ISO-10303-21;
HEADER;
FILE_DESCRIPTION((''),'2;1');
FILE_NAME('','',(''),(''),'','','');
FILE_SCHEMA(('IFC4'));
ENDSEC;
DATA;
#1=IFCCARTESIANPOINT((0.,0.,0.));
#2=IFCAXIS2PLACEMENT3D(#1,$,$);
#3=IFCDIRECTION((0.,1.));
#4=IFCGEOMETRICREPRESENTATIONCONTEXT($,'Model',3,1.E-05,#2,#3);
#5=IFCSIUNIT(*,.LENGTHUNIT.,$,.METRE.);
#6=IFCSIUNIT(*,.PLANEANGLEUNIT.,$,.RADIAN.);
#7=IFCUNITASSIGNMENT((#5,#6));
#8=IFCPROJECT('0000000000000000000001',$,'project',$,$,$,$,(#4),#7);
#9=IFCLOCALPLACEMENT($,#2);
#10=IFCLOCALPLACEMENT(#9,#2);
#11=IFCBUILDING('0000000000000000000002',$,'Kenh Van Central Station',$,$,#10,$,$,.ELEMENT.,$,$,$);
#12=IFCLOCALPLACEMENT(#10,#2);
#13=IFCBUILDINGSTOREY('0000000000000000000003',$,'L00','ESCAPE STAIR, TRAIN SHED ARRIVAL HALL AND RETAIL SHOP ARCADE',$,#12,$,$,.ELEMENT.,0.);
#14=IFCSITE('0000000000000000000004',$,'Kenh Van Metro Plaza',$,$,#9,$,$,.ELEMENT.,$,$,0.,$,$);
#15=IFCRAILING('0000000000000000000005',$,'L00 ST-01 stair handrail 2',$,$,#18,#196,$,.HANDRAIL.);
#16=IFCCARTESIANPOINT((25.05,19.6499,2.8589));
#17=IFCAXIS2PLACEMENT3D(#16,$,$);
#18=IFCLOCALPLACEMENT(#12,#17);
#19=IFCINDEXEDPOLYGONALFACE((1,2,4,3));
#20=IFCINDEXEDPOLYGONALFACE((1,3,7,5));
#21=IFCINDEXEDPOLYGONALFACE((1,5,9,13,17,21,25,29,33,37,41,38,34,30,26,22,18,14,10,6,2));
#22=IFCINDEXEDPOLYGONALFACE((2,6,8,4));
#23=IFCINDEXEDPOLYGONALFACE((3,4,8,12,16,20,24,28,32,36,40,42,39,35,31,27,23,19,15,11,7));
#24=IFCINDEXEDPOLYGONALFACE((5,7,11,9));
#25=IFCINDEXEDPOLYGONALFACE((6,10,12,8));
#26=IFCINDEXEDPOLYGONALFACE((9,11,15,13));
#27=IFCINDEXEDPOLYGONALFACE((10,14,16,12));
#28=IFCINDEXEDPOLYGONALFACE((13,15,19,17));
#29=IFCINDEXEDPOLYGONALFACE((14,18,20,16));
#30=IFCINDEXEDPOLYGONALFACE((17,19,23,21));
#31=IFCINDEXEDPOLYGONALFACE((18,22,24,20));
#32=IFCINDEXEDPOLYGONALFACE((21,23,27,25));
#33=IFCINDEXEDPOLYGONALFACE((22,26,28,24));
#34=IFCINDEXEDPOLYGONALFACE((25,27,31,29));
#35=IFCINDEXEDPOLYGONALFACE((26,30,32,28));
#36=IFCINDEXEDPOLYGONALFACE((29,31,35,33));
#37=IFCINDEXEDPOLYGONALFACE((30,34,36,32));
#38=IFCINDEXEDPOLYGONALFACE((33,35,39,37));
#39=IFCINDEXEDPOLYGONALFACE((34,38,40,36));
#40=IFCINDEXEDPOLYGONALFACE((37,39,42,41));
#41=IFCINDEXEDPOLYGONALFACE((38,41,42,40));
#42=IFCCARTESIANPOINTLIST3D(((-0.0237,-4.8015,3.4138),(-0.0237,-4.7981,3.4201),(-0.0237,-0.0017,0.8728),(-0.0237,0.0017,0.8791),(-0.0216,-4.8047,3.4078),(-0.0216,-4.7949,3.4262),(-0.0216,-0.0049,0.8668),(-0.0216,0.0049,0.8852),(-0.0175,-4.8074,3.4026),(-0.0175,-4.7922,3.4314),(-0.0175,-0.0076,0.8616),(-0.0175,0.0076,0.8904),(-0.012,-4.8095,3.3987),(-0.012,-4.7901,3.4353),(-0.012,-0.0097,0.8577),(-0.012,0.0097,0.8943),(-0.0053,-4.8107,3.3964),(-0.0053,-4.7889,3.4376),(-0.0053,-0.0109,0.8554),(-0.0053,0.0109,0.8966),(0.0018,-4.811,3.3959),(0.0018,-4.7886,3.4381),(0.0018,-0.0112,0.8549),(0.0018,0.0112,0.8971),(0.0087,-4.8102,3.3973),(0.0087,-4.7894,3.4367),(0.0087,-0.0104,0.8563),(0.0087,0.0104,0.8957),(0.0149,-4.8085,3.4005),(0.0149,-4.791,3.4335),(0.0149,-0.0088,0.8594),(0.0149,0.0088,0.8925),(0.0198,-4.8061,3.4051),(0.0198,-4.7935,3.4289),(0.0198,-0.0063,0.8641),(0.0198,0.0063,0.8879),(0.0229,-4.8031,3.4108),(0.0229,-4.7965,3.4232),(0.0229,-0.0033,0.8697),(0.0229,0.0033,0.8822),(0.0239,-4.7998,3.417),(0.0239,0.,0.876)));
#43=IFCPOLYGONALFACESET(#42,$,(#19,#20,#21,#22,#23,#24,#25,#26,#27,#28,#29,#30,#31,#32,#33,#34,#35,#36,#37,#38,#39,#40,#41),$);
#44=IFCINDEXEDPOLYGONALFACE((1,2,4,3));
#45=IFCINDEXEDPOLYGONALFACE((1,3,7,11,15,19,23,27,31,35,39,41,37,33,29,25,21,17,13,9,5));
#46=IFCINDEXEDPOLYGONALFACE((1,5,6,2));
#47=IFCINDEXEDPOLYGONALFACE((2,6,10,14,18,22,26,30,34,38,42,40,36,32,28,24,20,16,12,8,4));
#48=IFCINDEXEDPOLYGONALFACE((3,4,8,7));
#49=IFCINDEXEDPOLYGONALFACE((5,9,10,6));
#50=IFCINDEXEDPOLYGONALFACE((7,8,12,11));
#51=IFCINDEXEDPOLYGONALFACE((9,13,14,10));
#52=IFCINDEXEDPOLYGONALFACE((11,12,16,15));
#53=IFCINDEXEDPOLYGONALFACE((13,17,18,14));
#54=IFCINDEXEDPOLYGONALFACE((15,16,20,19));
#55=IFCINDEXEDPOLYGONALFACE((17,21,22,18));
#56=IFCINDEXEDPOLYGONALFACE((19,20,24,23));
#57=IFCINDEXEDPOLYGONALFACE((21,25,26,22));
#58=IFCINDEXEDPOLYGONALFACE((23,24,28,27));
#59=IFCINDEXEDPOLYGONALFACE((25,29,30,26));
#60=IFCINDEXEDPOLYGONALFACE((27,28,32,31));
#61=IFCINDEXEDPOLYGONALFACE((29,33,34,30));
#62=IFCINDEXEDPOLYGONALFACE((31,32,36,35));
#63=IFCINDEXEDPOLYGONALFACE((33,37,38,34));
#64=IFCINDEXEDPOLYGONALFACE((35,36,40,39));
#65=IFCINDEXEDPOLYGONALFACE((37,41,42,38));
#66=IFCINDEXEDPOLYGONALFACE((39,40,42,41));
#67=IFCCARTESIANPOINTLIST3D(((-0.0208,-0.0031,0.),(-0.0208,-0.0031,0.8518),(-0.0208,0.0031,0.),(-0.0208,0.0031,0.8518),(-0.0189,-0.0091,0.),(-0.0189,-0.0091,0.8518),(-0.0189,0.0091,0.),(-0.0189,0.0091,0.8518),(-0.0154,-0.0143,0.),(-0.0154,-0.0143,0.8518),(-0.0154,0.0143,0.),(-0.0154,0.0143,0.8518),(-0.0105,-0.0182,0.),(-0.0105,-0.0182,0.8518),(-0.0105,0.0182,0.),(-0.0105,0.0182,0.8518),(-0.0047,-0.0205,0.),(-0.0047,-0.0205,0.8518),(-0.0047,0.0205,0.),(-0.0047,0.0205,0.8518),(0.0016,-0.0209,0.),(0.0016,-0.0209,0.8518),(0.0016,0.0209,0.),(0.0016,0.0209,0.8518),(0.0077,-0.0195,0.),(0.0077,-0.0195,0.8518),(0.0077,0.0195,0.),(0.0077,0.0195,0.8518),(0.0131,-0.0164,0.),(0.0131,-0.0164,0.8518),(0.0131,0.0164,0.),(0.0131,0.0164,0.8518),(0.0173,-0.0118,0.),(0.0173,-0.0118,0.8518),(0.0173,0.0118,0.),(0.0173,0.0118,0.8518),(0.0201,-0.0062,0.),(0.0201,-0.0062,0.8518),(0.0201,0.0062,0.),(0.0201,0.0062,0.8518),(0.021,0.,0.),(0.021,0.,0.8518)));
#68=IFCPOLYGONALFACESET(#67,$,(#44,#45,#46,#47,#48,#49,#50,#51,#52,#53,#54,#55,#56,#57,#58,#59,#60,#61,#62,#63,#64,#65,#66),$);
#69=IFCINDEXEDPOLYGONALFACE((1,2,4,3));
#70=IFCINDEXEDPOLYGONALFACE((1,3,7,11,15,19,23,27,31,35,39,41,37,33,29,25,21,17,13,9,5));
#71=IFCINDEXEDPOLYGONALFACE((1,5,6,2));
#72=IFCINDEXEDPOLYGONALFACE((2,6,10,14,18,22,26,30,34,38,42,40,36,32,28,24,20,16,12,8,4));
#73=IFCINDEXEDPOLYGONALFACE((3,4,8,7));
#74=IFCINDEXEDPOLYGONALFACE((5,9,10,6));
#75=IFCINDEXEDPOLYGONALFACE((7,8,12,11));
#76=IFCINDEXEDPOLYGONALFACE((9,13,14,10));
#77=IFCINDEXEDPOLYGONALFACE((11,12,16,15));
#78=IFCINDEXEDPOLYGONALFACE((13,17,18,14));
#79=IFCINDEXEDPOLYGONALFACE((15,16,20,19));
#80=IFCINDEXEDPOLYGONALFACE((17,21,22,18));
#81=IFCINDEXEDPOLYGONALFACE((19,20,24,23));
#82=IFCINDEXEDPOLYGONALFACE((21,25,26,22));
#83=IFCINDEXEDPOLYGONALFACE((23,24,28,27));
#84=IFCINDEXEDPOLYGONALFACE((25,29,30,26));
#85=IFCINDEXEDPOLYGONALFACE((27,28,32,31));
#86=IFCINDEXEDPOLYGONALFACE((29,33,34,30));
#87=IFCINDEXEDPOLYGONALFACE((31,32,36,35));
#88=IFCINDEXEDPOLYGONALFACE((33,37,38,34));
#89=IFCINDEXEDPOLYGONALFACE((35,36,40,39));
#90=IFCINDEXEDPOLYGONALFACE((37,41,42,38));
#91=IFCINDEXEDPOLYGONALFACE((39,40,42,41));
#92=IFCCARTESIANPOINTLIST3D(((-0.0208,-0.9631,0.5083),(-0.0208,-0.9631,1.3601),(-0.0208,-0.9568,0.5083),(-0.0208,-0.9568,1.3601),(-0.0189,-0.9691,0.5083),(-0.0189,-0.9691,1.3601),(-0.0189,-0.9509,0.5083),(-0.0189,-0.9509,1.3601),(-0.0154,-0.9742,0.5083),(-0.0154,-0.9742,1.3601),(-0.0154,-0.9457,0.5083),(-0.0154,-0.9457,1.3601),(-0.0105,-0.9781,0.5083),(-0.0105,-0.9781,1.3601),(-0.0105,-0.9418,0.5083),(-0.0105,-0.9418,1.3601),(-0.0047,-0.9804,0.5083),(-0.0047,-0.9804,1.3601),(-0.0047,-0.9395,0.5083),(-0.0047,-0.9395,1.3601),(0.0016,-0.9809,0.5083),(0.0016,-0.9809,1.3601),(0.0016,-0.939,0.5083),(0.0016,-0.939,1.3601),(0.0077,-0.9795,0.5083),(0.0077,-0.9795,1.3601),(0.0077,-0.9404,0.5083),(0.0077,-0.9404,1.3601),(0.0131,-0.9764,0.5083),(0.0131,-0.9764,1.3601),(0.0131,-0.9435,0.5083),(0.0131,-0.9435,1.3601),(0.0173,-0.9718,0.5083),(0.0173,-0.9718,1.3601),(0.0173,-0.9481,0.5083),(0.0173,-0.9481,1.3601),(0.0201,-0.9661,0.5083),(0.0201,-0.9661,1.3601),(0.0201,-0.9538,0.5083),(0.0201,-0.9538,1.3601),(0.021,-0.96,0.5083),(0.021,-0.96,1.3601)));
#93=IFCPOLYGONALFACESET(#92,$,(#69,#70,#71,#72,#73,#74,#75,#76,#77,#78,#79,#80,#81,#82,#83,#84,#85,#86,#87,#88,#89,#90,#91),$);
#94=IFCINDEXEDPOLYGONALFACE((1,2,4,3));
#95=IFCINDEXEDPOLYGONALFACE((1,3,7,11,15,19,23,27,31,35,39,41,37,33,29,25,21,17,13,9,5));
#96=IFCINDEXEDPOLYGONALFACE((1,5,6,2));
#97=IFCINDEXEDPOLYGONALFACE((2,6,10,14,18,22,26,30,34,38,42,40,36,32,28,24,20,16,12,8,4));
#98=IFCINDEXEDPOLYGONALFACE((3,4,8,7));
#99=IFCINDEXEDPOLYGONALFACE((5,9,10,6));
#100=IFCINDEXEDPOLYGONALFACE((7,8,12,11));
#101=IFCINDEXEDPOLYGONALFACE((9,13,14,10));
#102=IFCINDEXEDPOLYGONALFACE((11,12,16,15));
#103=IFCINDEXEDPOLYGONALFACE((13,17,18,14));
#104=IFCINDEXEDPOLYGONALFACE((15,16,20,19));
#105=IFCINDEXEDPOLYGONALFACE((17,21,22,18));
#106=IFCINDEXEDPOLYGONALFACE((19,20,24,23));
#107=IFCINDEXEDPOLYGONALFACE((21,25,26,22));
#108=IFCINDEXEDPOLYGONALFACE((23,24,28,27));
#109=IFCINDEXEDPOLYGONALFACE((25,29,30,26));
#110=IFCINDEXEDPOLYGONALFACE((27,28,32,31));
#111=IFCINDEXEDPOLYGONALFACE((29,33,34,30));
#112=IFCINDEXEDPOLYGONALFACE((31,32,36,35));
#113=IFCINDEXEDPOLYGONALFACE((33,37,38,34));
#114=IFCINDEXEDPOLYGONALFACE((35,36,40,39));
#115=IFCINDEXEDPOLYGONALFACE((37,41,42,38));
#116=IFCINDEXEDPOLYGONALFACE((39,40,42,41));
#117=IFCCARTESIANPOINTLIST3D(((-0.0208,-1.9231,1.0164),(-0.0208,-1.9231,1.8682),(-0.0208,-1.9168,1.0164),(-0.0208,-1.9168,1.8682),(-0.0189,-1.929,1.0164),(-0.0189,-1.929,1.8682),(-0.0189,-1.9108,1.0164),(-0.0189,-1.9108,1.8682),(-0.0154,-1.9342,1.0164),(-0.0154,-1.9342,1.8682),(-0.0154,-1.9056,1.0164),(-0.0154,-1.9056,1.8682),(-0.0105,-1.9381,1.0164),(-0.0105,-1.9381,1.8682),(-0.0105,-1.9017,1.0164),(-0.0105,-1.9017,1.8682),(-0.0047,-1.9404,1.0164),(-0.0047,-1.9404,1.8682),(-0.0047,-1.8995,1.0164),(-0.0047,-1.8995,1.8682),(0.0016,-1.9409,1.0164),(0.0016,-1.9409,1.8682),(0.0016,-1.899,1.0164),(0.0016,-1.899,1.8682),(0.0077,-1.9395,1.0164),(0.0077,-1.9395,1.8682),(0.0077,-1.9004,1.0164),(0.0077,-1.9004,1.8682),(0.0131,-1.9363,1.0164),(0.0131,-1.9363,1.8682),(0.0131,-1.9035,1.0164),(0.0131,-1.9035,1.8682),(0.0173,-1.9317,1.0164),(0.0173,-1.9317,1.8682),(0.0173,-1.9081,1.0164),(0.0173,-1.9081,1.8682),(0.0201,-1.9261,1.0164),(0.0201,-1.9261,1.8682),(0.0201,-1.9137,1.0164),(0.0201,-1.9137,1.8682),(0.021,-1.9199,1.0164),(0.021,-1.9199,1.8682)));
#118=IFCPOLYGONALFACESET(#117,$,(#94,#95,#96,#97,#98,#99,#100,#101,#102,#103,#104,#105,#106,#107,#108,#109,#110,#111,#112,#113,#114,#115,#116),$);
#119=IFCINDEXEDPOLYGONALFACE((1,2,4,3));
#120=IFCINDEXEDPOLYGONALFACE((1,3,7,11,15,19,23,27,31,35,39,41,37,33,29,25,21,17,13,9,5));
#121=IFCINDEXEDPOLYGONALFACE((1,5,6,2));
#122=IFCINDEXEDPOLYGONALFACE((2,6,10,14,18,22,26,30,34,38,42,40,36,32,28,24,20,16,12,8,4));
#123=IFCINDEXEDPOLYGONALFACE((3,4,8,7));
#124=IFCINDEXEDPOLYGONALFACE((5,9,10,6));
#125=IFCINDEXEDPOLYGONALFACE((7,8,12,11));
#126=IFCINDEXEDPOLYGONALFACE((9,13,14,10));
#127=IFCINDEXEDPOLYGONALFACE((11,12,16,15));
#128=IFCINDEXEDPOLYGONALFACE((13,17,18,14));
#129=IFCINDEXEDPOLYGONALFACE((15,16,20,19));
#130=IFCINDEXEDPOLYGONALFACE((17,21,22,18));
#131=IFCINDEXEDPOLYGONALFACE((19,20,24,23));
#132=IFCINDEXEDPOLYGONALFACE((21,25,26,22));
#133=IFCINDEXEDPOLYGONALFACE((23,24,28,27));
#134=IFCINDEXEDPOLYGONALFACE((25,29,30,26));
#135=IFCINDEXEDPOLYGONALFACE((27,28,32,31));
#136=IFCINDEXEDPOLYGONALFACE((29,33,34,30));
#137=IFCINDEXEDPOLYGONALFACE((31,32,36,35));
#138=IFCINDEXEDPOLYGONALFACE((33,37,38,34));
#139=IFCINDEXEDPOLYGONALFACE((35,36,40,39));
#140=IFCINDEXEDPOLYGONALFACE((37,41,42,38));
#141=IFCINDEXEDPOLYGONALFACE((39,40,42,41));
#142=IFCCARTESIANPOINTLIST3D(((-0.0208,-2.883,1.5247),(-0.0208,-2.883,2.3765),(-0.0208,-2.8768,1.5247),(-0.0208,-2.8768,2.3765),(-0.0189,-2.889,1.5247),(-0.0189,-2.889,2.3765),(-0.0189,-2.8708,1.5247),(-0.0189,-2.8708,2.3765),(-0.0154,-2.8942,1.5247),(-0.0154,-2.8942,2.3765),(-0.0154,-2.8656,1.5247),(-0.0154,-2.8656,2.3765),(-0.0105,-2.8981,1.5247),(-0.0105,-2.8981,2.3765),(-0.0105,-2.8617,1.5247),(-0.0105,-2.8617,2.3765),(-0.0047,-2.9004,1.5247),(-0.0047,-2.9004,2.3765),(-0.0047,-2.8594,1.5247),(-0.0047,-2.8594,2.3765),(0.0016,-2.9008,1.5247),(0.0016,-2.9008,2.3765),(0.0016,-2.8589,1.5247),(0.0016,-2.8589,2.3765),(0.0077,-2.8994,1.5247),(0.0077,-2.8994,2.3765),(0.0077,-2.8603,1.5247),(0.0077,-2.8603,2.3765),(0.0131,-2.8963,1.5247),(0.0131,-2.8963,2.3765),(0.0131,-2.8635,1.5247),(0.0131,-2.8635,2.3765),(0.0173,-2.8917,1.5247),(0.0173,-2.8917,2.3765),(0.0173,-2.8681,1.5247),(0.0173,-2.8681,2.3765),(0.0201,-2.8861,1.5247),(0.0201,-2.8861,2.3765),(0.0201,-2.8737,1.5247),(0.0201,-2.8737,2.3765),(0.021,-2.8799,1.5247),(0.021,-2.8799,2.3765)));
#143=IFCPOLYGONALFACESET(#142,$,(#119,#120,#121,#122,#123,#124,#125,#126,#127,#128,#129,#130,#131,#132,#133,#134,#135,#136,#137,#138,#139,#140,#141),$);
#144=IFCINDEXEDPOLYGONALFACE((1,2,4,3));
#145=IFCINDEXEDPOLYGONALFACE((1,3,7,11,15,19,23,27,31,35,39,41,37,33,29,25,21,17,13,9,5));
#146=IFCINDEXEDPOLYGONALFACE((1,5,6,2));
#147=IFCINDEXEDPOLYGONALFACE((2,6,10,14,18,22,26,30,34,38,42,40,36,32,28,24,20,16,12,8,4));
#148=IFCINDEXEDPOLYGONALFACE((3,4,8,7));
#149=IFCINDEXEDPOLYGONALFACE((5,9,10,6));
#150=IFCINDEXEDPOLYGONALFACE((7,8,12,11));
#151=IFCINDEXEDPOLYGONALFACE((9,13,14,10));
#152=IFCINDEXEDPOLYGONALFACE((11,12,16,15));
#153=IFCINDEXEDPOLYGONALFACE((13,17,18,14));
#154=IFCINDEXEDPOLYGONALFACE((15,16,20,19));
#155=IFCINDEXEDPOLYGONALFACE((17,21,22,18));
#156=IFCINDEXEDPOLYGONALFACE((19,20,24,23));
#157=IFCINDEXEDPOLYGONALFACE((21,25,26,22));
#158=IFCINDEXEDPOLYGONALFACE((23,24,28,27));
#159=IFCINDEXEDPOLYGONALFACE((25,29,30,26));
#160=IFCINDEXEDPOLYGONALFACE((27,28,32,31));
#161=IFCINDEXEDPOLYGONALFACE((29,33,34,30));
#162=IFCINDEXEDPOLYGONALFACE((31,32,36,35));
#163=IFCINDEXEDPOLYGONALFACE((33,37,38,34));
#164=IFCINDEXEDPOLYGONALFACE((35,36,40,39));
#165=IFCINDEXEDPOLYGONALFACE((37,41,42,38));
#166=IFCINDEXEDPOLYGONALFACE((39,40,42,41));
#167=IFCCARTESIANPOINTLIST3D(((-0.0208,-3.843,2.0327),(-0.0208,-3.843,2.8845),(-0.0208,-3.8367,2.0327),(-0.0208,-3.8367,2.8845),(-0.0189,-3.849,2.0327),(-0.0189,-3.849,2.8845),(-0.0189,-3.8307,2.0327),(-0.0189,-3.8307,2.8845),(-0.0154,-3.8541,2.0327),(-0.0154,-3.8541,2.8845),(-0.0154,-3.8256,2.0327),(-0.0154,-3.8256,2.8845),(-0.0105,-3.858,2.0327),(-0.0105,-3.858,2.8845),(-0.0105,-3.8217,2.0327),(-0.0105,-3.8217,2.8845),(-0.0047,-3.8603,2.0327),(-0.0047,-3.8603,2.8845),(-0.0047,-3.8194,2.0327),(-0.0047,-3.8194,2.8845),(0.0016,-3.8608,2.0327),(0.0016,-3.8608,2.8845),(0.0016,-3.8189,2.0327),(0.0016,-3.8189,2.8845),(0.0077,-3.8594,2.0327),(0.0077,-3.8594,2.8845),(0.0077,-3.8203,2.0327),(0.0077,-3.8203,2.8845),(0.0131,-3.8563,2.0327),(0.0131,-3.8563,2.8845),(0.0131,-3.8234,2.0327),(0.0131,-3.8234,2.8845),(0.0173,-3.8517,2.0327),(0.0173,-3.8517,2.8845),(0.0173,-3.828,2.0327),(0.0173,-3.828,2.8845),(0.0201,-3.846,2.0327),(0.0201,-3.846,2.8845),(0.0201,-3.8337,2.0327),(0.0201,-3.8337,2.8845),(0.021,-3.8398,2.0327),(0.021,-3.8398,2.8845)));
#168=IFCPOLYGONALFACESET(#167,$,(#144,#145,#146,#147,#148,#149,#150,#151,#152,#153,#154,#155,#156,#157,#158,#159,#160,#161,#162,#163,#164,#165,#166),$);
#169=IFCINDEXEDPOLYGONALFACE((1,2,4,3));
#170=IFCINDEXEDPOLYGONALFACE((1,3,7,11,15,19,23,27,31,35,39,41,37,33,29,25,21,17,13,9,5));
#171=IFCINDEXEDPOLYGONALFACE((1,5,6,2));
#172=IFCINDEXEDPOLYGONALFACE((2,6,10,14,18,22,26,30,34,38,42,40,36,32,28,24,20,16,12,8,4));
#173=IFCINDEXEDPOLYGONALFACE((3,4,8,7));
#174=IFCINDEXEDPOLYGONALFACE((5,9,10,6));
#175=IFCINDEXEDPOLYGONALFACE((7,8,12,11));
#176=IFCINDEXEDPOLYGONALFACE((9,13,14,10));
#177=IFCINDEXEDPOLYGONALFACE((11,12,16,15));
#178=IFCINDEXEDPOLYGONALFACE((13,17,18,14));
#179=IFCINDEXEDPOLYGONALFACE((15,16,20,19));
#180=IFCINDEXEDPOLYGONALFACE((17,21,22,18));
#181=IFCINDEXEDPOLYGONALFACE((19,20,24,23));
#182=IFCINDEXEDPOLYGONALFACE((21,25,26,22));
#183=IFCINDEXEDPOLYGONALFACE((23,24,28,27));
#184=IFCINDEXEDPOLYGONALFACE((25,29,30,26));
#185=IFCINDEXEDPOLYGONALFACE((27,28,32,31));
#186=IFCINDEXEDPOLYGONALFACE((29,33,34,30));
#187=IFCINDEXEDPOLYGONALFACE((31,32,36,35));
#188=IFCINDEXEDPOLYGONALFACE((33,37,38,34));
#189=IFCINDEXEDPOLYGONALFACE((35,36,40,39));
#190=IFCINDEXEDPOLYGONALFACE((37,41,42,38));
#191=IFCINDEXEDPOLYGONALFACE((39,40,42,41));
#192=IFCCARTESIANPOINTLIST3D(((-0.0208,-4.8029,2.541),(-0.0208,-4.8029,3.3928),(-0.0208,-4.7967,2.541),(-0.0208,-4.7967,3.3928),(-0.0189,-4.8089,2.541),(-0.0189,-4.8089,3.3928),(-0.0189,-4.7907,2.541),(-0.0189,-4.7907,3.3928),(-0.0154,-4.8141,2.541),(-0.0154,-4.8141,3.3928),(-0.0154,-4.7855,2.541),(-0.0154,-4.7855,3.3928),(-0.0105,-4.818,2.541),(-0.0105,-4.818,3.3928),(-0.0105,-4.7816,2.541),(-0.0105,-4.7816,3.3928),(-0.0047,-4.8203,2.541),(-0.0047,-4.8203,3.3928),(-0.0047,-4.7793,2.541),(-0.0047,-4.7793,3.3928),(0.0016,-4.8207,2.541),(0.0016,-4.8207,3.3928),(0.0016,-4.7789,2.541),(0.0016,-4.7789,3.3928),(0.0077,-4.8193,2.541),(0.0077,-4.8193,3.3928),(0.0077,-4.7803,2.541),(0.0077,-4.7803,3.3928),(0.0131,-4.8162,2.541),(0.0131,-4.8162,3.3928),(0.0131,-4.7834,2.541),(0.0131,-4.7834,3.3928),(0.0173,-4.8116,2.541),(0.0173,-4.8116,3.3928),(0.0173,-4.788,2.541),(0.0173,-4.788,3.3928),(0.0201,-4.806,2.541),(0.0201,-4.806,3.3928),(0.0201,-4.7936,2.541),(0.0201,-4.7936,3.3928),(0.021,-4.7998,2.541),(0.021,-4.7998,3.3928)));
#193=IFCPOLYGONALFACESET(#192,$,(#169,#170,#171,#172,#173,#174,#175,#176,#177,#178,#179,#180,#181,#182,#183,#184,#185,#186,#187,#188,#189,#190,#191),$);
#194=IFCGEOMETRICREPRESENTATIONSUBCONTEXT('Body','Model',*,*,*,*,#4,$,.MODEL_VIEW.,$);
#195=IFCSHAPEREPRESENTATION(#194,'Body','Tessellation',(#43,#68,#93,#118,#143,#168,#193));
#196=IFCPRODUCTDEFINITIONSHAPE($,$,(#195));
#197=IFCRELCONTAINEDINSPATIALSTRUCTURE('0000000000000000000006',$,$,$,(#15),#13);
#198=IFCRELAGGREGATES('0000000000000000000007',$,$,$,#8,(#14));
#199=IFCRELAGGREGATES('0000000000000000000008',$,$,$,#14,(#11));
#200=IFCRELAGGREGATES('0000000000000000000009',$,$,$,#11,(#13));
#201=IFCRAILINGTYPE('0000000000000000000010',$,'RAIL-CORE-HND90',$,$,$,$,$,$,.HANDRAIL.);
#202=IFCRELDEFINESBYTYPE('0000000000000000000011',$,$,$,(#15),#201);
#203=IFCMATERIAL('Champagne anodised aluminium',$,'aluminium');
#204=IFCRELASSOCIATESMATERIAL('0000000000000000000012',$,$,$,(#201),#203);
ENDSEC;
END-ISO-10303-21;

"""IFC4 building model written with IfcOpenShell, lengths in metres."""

from ifc_helpers import new_model, si_unit, direction, frame, origin, origin_2d, place, context, subcontext, project, spatial, circle, extrude, material, type_object, element, save


model = new_model("IFC4")

# Units and contexts
model_context = context("Model", 3, precision=1e-05, world=origin(), true_north=direction((0.0, 1.0)))
body_context = subcontext(model_context, "Body", "Model", "MODEL_VIEW")
ifc_project = project(units=[si_unit("LENGTHUNIT", "METRE"), si_unit("PLANEANGLEUNIT", "RADIAN")], contexts=[model_context])

# Site, building, storey
site_placement = place(None, origin())
site = spatial("IfcSite", under=ifc_project, at=site_placement, Name="Kenh Van Metro Plaza", CompositionType="ELEMENT", RefElevation=0.0)
building_placement = place(site_placement, origin())
building = spatial("IfcBuilding", under=site, at=building_placement, Name="Kenh Van Central Station", CompositionType="ELEMENT")
storey_placement = place(building_placement, origin())
storey = spatial("IfcBuildingStorey", under=building, at=storey_placement, Name="L00", Description="ESCAPE STAIR, TRAIN SHED ARRIVAL HALL AND RETAIL SHOP ARCADE", CompositionType="ELEMENT", Elevation=0.0)

# Railing
ifc_material_1 = material(Name="Champagne anodised aluminium", Category="aluminium")
railing_type_1 = type_object("IfcRailingType", Name="RAIL-CORE-HND90", PredefinedType="HANDRAIL", material=ifc_material_1)
railing_1_placement = place(storey_placement, frame((25.05, 19.6499, 2.8589)))
element("IfcRailing", 1, at=railing_1_placement, inside=storey, type_object=railing_type_1, Name="L00 ST-01 stair handrail 2", PredefinedType="HANDRAIL", context=body_context, shape_type="SweptSolid", body=[
    extrude(circle(Radius=0.0239, at=origin_2d()), frame((0.0, 0.0, 0.876), z_axis=(0.0, -0.883792, 0.467879), x_axis=(1.0, 0.0, 0.0)), (0.0, 0.0, 1.0), 5.4309),
    extrude(circle(Radius=0.021, at=origin_2d()), origin(), (0.0, 0.0, 1.0), 0.8518),
    extrude(circle(Radius=0.021, at=origin_2d()), frame((0.0, -0.96, 0.5083)), (0.0, 0.0, 1.0), 0.8518),
    extrude(circle(Radius=0.021, at=origin_2d()), frame((0.0, -1.9199, 1.0164)), (0.0, 0.0, 1.0), 0.8518),
    extrude(circle(Radius=0.021, at=origin_2d()), frame((0.0, -2.8799, 1.5247)), (0.0, 0.0, 1.0), 0.8518),
    extrude(circle(Radius=0.021, at=origin_2d()), frame((0.0, -3.8398, 2.0327)), (0.0, 0.0, 1.0), 0.8518),
    extrude(circle(Radius=0.021, at=origin_2d()), frame((0.0, -4.7998, 2.541)), (0.0, 0.0, 1.0), 0.8518),
])

save(model, "model.ifc")
